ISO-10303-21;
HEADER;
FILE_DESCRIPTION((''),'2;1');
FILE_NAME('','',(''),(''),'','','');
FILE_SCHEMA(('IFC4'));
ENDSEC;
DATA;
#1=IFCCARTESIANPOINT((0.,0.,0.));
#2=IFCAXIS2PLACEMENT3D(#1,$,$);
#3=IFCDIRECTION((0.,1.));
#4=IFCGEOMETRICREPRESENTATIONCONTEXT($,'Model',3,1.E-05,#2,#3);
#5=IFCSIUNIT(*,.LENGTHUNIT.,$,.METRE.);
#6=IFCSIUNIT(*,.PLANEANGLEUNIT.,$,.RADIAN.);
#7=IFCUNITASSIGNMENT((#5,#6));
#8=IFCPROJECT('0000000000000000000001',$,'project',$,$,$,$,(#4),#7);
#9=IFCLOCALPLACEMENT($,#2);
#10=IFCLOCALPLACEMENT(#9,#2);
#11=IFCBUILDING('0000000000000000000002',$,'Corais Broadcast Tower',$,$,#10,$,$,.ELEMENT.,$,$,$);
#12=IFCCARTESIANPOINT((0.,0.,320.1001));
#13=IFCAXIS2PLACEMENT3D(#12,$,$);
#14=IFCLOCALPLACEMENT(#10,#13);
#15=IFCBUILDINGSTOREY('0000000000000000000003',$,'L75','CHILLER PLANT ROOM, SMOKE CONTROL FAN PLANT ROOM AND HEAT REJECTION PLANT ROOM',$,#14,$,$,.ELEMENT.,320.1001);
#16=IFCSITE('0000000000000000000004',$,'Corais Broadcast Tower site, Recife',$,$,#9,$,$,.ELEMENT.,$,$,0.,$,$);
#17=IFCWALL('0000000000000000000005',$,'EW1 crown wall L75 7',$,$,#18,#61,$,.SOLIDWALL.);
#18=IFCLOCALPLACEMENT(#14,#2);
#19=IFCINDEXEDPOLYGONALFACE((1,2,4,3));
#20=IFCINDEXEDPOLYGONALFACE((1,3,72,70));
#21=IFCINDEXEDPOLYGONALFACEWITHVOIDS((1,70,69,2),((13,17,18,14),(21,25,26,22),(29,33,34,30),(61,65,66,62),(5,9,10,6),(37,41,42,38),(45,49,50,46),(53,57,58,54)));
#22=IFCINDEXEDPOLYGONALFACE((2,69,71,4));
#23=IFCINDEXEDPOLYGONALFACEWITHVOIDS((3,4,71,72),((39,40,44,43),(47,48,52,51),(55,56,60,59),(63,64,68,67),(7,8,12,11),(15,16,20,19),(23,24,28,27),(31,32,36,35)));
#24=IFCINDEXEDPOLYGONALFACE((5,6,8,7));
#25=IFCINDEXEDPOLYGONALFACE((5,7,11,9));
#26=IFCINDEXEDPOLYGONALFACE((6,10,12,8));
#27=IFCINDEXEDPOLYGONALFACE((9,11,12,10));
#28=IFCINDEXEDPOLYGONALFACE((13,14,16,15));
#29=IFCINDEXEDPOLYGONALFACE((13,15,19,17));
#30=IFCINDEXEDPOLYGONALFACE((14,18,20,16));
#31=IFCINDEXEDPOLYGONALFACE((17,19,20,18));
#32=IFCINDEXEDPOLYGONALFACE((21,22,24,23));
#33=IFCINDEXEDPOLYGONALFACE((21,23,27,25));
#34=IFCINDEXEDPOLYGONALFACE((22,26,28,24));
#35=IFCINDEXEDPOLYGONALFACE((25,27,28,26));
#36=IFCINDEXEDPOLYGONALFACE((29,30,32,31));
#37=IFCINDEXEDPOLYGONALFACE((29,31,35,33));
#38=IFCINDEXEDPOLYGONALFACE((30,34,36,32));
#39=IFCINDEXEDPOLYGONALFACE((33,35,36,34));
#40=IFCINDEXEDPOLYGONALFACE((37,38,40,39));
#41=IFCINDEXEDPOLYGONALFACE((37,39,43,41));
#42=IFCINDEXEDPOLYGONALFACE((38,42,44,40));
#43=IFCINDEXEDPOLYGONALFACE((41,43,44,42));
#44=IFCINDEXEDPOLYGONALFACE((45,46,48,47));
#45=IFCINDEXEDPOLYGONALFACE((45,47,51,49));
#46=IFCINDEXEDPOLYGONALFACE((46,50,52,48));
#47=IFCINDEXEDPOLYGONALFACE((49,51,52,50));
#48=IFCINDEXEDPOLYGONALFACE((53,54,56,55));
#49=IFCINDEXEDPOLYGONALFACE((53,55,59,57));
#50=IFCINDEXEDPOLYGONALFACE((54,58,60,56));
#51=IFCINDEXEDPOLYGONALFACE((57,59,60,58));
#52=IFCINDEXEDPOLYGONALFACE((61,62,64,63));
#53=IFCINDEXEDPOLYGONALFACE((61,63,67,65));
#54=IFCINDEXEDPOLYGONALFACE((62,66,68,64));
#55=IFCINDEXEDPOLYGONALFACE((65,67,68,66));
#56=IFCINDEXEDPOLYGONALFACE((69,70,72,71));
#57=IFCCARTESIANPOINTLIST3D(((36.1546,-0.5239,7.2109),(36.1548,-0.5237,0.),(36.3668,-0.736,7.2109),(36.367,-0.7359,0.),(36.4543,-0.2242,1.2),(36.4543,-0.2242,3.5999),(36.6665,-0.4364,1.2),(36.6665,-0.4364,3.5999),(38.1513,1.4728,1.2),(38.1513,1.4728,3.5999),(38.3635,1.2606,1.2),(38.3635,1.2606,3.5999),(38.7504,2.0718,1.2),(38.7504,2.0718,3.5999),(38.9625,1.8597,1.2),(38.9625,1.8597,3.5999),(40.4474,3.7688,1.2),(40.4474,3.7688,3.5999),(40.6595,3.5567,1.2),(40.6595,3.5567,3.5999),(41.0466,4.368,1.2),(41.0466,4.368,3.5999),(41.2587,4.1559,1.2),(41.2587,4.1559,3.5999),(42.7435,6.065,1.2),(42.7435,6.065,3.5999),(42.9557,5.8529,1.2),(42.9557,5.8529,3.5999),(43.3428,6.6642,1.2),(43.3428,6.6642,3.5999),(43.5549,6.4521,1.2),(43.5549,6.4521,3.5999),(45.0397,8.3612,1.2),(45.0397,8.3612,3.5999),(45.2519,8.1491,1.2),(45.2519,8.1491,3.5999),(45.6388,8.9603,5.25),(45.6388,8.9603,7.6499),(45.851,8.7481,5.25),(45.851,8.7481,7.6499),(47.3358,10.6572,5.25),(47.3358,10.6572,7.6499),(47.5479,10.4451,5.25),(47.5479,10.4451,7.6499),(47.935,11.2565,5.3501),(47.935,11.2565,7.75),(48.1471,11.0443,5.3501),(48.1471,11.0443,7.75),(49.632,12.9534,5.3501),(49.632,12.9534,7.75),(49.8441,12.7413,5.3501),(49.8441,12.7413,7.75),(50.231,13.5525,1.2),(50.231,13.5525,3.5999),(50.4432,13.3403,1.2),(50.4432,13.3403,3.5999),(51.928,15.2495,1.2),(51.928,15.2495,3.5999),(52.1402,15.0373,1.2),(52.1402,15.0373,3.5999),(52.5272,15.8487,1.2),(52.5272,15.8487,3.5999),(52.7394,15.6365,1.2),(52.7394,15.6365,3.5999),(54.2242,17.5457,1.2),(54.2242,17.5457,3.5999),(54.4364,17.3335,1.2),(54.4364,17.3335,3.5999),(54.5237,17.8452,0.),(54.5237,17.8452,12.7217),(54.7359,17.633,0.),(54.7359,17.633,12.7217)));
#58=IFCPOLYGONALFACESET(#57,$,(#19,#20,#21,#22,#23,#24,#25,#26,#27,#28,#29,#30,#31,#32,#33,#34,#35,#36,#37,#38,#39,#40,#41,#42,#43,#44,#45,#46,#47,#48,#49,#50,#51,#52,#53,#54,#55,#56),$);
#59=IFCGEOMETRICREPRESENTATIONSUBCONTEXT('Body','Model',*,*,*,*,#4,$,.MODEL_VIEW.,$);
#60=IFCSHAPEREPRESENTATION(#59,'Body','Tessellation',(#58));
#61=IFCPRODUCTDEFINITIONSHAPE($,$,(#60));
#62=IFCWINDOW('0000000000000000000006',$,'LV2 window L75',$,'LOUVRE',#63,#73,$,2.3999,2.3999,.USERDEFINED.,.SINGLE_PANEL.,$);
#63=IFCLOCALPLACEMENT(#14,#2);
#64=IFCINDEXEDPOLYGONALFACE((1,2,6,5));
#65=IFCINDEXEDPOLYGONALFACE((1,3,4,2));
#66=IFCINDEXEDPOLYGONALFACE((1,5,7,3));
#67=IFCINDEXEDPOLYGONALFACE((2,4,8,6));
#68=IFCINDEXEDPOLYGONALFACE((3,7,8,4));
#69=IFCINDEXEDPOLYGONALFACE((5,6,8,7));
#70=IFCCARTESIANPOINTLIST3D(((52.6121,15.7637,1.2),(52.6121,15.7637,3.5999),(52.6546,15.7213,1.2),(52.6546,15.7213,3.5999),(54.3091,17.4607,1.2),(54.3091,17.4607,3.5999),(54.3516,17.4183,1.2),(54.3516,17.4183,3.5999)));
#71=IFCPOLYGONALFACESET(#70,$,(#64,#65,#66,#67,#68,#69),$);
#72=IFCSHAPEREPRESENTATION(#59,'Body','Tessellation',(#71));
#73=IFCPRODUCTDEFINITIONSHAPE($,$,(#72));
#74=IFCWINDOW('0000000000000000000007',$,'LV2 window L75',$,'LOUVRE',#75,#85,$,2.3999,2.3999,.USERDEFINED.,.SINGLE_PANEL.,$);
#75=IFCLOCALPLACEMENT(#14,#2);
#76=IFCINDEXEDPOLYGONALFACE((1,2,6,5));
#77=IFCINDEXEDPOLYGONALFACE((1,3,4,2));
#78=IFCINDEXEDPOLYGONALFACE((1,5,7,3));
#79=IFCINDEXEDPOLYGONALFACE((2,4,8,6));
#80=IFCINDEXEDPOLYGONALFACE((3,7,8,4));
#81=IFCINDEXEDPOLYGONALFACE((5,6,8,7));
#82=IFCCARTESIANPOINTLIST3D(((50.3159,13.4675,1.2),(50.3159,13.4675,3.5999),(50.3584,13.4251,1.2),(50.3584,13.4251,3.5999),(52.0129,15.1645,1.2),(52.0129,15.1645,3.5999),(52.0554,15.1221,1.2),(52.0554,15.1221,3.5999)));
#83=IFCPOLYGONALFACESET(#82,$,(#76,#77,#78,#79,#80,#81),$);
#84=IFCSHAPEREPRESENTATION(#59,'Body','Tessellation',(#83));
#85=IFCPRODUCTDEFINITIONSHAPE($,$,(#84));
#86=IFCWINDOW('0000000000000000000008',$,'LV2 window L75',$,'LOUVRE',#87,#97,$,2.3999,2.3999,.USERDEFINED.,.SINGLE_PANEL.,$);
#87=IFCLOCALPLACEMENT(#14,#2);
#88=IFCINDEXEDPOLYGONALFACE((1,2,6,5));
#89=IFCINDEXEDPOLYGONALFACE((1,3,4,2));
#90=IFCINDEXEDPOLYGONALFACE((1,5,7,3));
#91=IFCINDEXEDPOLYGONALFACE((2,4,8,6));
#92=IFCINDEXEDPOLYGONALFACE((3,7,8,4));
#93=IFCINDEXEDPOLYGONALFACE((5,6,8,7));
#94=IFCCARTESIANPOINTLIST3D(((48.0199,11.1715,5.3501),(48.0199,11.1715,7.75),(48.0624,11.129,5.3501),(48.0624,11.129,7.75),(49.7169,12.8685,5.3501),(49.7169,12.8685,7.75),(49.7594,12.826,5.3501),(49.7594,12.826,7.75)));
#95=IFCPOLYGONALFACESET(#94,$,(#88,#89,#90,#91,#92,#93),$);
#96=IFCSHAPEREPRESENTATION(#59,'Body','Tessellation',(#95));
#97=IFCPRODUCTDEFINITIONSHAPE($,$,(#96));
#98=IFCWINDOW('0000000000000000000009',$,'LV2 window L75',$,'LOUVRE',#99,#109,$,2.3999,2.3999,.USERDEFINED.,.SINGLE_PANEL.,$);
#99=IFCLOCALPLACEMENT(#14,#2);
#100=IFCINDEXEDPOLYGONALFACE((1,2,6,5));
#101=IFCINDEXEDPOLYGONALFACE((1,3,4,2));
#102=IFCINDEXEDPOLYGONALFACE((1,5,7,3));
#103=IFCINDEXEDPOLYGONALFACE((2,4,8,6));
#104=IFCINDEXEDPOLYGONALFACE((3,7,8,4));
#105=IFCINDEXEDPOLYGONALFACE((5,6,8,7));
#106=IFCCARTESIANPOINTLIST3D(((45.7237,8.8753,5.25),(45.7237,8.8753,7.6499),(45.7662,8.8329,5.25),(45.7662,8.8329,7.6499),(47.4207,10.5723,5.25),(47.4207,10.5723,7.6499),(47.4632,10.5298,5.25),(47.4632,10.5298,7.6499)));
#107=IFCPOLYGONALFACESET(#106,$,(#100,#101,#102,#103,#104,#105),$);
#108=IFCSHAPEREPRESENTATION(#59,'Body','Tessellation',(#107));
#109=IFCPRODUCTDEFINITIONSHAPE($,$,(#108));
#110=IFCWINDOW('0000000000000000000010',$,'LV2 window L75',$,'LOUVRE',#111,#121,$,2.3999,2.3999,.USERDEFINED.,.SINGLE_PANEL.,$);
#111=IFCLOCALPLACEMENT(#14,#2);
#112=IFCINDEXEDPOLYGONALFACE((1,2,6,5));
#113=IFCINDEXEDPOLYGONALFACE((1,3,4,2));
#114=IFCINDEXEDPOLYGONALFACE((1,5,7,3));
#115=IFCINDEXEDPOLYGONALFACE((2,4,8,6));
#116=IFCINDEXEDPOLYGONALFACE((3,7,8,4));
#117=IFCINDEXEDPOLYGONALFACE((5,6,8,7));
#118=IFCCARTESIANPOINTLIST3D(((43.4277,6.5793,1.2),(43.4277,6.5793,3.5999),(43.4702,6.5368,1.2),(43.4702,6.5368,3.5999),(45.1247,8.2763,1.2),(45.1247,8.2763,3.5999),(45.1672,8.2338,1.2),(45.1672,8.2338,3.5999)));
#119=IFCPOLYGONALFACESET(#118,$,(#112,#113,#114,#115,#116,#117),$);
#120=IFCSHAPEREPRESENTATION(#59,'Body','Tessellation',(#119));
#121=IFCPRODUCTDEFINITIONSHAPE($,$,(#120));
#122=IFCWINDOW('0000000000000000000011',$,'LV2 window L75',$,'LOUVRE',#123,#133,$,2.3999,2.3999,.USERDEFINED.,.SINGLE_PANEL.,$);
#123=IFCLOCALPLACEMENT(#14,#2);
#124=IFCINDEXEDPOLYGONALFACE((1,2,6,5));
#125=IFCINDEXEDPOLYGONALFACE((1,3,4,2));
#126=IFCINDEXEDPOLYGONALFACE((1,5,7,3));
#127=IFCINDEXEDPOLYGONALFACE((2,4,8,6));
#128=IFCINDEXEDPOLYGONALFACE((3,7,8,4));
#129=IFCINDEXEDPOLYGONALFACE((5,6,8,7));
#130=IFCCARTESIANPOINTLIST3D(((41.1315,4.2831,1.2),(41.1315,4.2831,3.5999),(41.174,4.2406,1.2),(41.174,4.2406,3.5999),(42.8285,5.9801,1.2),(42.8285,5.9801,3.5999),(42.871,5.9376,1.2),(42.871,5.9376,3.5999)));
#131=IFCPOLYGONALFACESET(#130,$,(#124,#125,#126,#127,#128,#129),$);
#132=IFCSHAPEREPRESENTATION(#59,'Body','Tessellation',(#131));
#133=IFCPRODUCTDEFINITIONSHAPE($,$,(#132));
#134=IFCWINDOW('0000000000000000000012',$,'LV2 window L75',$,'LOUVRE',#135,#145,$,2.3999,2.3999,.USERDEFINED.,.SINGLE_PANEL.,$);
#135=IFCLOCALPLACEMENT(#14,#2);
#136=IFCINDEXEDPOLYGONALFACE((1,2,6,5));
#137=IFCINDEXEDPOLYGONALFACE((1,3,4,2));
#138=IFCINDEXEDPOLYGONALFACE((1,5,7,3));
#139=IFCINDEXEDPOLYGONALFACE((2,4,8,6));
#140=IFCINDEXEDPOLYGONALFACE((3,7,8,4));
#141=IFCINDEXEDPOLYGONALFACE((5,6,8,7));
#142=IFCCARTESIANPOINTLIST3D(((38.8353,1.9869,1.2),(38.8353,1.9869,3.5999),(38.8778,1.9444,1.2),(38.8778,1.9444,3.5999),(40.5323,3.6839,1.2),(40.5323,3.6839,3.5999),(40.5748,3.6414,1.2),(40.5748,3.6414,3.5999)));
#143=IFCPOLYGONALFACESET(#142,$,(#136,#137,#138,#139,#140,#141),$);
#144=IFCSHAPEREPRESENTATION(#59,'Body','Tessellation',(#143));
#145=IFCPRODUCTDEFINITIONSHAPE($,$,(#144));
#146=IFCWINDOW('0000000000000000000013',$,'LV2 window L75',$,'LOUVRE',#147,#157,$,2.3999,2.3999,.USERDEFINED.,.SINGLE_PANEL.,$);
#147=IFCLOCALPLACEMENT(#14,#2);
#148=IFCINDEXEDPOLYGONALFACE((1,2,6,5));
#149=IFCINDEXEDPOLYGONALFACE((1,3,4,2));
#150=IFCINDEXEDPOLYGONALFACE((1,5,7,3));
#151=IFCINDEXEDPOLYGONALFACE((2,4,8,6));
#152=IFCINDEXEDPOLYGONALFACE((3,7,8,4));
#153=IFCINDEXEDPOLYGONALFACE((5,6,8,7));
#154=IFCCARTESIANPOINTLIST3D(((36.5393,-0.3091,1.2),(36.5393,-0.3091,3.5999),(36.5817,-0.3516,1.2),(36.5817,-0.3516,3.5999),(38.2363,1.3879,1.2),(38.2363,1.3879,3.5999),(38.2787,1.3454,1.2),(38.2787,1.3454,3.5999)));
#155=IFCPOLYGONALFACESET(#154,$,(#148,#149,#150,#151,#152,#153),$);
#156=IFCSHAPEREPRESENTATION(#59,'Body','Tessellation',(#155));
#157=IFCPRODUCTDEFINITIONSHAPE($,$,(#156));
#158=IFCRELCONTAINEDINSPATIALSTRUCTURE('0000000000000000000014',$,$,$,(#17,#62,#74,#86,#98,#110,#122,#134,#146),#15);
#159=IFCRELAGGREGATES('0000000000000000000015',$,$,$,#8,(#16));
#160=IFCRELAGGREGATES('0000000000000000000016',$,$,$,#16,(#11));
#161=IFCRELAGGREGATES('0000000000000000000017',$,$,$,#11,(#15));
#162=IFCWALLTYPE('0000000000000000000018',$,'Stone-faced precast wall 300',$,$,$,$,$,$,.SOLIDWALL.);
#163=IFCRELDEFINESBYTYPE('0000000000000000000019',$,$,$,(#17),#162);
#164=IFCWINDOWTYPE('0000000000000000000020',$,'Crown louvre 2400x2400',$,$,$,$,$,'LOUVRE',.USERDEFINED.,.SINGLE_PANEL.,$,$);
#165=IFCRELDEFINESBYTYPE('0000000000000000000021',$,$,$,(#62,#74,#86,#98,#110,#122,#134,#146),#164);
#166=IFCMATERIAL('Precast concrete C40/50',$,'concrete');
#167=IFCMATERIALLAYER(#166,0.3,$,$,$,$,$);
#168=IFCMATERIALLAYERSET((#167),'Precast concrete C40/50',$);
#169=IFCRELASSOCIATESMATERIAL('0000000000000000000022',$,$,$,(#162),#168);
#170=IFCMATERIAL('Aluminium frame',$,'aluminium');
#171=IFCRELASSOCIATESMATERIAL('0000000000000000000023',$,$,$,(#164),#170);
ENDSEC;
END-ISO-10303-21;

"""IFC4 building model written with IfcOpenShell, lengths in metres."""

from ifc_helpers import new_model, si_unit, direction, frame, frame_2d, origin, place, context, subcontext, project, spatial, polyline, rectangle, outline, extrude, material, layer, layer_set, type_object, element, fill, save


model = new_model("IFC4")

# Units and contexts
model_context = context("Model", 3, precision=1e-05, world=origin(), true_north=direction((0.0, 1.0)))
body_context = subcontext(model_context, "Body", "Model", "MODEL_VIEW")
ifc_project = project(units=[si_unit("LENGTHUNIT", "METRE"), si_unit("PLANEANGLEUNIT", "RADIAN")], contexts=[model_context])

# Site, building, storey
site_placement = place(None, origin())
site = spatial("IfcSite", under=ifc_project, at=site_placement, Name="Corais Broadcast Tower site, Recife", CompositionType="ELEMENT", RefElevation=0.0)
building_placement = place(site_placement, origin())
building = spatial("IfcBuilding", under=site, at=building_placement, Name="Corais Broadcast Tower", CompositionType="ELEMENT")
storey_placement = place(building_placement, frame((0.0, 0.0, 320.1001)))
storey = spatial("IfcBuildingStorey", under=building, at=storey_placement, Name="L75", Description="CHILLER PLANT ROOM, SMOKE CONTROL FAN PLANT ROOM AND HEAT REJECTION PLANT ROOM", CompositionType="ELEMENT", Elevation=320.1001)

# Wall, openings, windows
ifc_material_1 = material(Name="Precast concrete C40/50", Category="concrete")
ifc_layer = layer(ifc_material_1, 0.3)
ifc_layer_set = layer_set([ifc_layer], Name="Precast concrete C40/50")
wall_type = type_object("IfcWallType", Name="Stone-faced precast wall 300", PredefinedType="SOLIDWALL", material=ifc_layer_set)
wall_placement = place(storey_placement, frame((54.6299, 17.739, 0.0), z_axis=(0.0, 0.0, 1.0), x_axis=(-0.707107, -0.707107, 0.0)))
wall = element("IfcWall", 1, at=wall_placement, inside=storey, type_object=wall_type, Name="EW1 crown wall L75 7", PredefinedType="SOLIDWALL", context=body_context, shape_type="SweptSolid", body=[
    extrude(outline(polyline([(0.0, 0.0), (25.9775, 0.0), (25.9778, 7.2109), (0.0, 12.7217), (0.0, 0.0)])), frame((0.0, 0.1499, 0.0), z_axis=(0.0, -1.0, 0.0), x_axis=(1.0, 0.0, 0.0)), (0.0, 0.0, 1.0), 0.3),
])
opening_1_placement = place(wall_placement, frame((0.4236, 0.0, 1.2)))
opening_1 = element("IfcOpeningElement", 2, at=opening_1_placement, cuts=wall, PredefinedType="OPENING", context=body_context, shape_type="SweptSolid", body=[
    extrude(rectangle(XDim=2.3999, YDim=2.3999, at=frame_2d((1.2, 1.2))), frame((0.0, 0.1599, 0.0), z_axis=(0.0, -1.0, 0.0), x_axis=(1.0, 0.0, 0.0)), (0.0, 0.0, 1.0), 0.3201),
])
opening_2_placement = place(wall_placement, frame((3.6709, 0.0, 1.2)))
opening_2 = element("IfcOpeningElement", 3, at=opening_2_placement, cuts=wall, PredefinedType="OPENING", context=body_context, shape_type="SweptSolid", body=[
    extrude(rectangle(XDim=2.3999, YDim=2.3999, at=frame_2d((1.2, 1.2))), frame((0.0, 0.1599, 0.0), z_axis=(0.0, -1.0, 0.0), x_axis=(1.0, 0.0, 0.0)), (0.0, 0.0, 1.0), 0.3201),
])
opening_3_placement = place(wall_placement, frame((6.918, 0.0, 5.3501)))
opening_3 = element("IfcOpeningElement", 4, at=opening_3_placement, cuts=wall, PredefinedType="OPENING", context=body_context, shape_type="SweptSolid", body=[
    extrude(rectangle(XDim=2.3999, YDim=2.3999, at=frame_2d((1.2, 1.2))), frame((0.0, 0.1599, 0.0), z_axis=(0.0, -1.0, 0.0), x_axis=(1.0, 0.0, 0.0)), (0.0, 0.0, 1.0), 0.3201),
])
opening_4_placement = place(wall_placement, frame((10.1653, 0.0, 5.25)))
opening_4 = element("IfcOpeningElement", 5, at=opening_4_placement, cuts=wall, PredefinedType="OPENING", context=body_context, shape_type="SweptSolid", body=[
    extrude(rectangle(XDim=2.3999, YDim=2.3999, at=frame_2d((1.2, 1.2))), frame((0.0, 0.1599, 0.0), z_axis=(0.0, -1.0, 0.0), x_axis=(1.0, 0.0, 0.0)), (0.0, 0.0, 1.0), 0.3201),
])
opening_5_placement = place(wall_placement, frame((13.4124, 0.0, 1.2)))
opening_5 = element("IfcOpeningElement", 6, at=opening_5_placement, cuts=wall, PredefinedType="OPENING", context=body_context, shape_type="SweptSolid", body=[
    extrude(rectangle(XDim=2.3999, YDim=2.3999, at=frame_2d((1.2, 1.2))), frame((0.0, 0.1599, 0.0), z_axis=(0.0, -1.0, 0.0), x_axis=(1.0, 0.0, 0.0)), (0.0, 0.0, 1.0), 0.3201),
])
opening_6_placement = place(wall_placement, frame((16.6597, 0.0, 1.2)))
opening_6 = element("IfcOpeningElement", 7, at=opening_6_placement, cuts=wall, PredefinedType="OPENING", context=body_context, shape_type="SweptSolid", body=[
    extrude(rectangle(XDim=2.3999, YDim=2.3999, at=frame_2d((1.2, 1.2))), frame((0.0, 0.1599, 0.0), z_axis=(0.0, -1.0, 0.0), x_axis=(1.0, 0.0, 0.0)), (0.0, 0.0, 1.0), 0.3201),
])
opening_7_placement = place(wall_placement, frame((19.907, 0.0, 1.2)))
opening_7 = element("IfcOpeningElement", 8, at=opening_7_placement, cuts=wall, PredefinedType="OPENING", context=body_context, shape_type="SweptSolid", body=[
    extrude(rectangle(XDim=2.3999, YDim=2.3999, at=frame_2d((1.2, 1.2))), frame((0.0, 0.1599, 0.0), z_axis=(0.0, -1.0, 0.0), x_axis=(1.0, 0.0, 0.0)), (0.0, 0.0, 1.0), 0.3201),
])
opening_8_placement = place(wall_placement, frame((23.1541, 0.0, 1.2)))
opening_8 = element("IfcOpeningElement", 9, at=opening_8_placement, cuts=wall, PredefinedType="OPENING", context=body_context, shape_type="SweptSolid", body=[
    extrude(rectangle(XDim=2.3999, YDim=2.3999, at=frame_2d((1.2, 1.2))), frame((0.0, 0.1599, 0.0), z_axis=(0.0, -1.0, 0.0), x_axis=(1.0, 0.0, 0.0)), (0.0, 0.0, 1.0), 0.3201),
])
ifc_material_2 = material(Name="Aluminium frame", Category="aluminium")
window_type = type_object("IfcWindowType", Name="Crown louvre 2400x2400", ElementType="LOUVRE", PartitioningType="SINGLE_PANEL", PredefinedType="USERDEFINED", material=ifc_material_2)
window_1_placement = place(opening_1_placement, origin())
window_1 = element("IfcWindow", 10, at=window_1_placement, inside=storey, type_object=window_type, Name="LV2 window L75", ObjectType="LOUVRE", OverallHeight=2.3999, OverallWidth=2.3999, PartitioningType="SINGLE_PANEL", PredefinedType="USERDEFINED", context=body_context, shape_type="SweptSolid", body=[
    extrude(rectangle(XDim=2.3999, YDim=2.3999, at=frame_2d((1.2, 1.2))), frame((0.0, 0.03, 0.0), z_axis=(0.0, -1.0, 0.0), x_axis=(1.0, 0.0, 0.0)), (0.0, 0.0, 1.0), 0.0601),
])
fill(opening_1, window_1)
window_2_placement = place(opening_2_placement, origin())
window_2 = element("IfcWindow", 11, at=window_2_placement, inside=storey, type_object=window_type, Name="LV2 window L75", ObjectType="LOUVRE", OverallHeight=2.3999, OverallWidth=2.3999, PartitioningType="SINGLE_PANEL", PredefinedType="USERDEFINED", context=body_context, shape_type="SweptSolid", body=[
    extrude(rectangle(XDim=2.3999, YDim=2.3999, at=frame_2d((1.2, 1.2))), frame((0.0, 0.03, 0.0), z_axis=(0.0, -1.0, 0.0), x_axis=(1.0, 0.0, 0.0)), (0.0, 0.0, 1.0), 0.0601),
])
fill(opening_2, window_2)
window_3_placement = place(opening_3_placement, origin())
window_3 = element("IfcWindow", 12, at=window_3_placement, inside=storey, type_object=window_type, Name="LV2 window L75", ObjectType="LOUVRE", OverallHeight=2.3999, OverallWidth=2.3999, PartitioningType="SINGLE_PANEL", PredefinedType="USERDEFINED", context=body_context, shape_type="SweptSolid", body=[
    extrude(rectangle(XDim=2.3999, YDim=2.3999, at=frame_2d((1.2, 1.2))), frame((0.0, 0.03, 0.0), z_axis=(0.0, -1.0, 0.0), x_axis=(1.0, 0.0, 0.0)), (0.0, 0.0, 1.0), 0.0601),
])
fill(opening_3, window_3)
window_4_placement = place(opening_4_placement, origin())
window_4 = element("IfcWindow", 13, at=window_4_placement, inside=storey, type_object=window_type, Name="LV2 window L75", ObjectType="LOUVRE", OverallHeight=2.3999, OverallWidth=2.3999, PartitioningType="SINGLE_PANEL", PredefinedType="USERDEFINED", context=body_context, shape_type="SweptSolid", body=[
    extrude(rectangle(XDim=2.3999, YDim=2.3999, at=frame_2d((1.2, 1.2))), frame((0.0, 0.03, 0.0), z_axis=(0.0, -1.0, 0.0), x_axis=(1.0, 0.0, 0.0)), (0.0, 0.0, 1.0), 0.0601),
])
fill(opening_4, window_4)
window_5_placement = place(opening_5_placement, origin())
window_5 = element("IfcWindow", 14, at=window_5_placement, inside=storey, type_object=window_type, Name="LV2 window L75", ObjectType="LOUVRE", OverallHeight=2.3999, OverallWidth=2.3999, PartitioningType="SINGLE_PANEL", PredefinedType="USERDEFINED", context=body_context, shape_type="SweptSolid", body=[
    extrude(rectangle(XDim=2.3999, YDim=2.3999, at=frame_2d((1.2, 1.2))), frame((0.0, 0.03, 0.0), z_axis=(0.0, -1.0, 0.0), x_axis=(1.0, 0.0, 0.0)), (0.0, 0.0, 1.0), 0.0601),
])
fill(opening_5, window_5)
window_6_placement = place(opening_6_placement, origin())
window_6 = element("IfcWindow", 15, at=window_6_placement, inside=storey, type_object=window_type, Name="LV2 window L75", ObjectType="LOUVRE", OverallHeight=2.3999, OverallWidth=2.3999, PartitioningType="SINGLE_PANEL", PredefinedType="USERDEFINED", context=body_context, shape_type="SweptSolid", body=[
    extrude(rectangle(XDim=2.3999, YDim=2.3999, at=frame_2d((1.2, 1.2))), frame((0.0, 0.03, 0.0), z_axis=(0.0, -1.0, 0.0), x_axis=(1.0, 0.0, 0.0)), (0.0, 0.0, 1.0), 0.0601),
])
fill(opening_6, window_6)
window_7_placement = place(opening_7_placement, origin())
window_7 = element("IfcWindow", 16, at=window_7_placement, inside=storey, type_object=window_type, Name="LV2 window L75", ObjectType="LOUVRE", OverallHeight=2.3999, OverallWidth=2.3999, PartitioningType="SINGLE_PANEL", PredefinedType="USERDEFINED", context=body_context, shape_type="SweptSolid", body=[
    extrude(rectangle(XDim=2.3999, YDim=2.3999, at=frame_2d((1.2, 1.2))), frame((0.0, 0.03, 0.0), z_axis=(0.0, -1.0, 0.0), x_axis=(1.0, 0.0, 0.0)), (0.0, 0.0, 1.0), 0.0601),
])
fill(opening_7, window_7)
window_8_placement = place(opening_8_placement, origin())
window_8 = element("IfcWindow", 17, at=window_8_placement, inside=storey, type_object=window_type, Name="LV2 window L75", ObjectType="LOUVRE", OverallHeight=2.3999, OverallWidth=2.3999, PartitioningType="SINGLE_PANEL", PredefinedType="USERDEFINED", context=body_context, shape_type="SweptSolid", body=[
    extrude(rectangle(XDim=2.3999, YDim=2.3999, at=frame_2d((1.2, 1.2))), frame((0.0, 0.03, 0.0), z_axis=(0.0, -1.0, 0.0), x_axis=(1.0, 0.0, 0.0)), (0.0, 0.0, 1.0), 0.0601),
])
fill(opening_8, window_8)

save(model, "model.ifc")
